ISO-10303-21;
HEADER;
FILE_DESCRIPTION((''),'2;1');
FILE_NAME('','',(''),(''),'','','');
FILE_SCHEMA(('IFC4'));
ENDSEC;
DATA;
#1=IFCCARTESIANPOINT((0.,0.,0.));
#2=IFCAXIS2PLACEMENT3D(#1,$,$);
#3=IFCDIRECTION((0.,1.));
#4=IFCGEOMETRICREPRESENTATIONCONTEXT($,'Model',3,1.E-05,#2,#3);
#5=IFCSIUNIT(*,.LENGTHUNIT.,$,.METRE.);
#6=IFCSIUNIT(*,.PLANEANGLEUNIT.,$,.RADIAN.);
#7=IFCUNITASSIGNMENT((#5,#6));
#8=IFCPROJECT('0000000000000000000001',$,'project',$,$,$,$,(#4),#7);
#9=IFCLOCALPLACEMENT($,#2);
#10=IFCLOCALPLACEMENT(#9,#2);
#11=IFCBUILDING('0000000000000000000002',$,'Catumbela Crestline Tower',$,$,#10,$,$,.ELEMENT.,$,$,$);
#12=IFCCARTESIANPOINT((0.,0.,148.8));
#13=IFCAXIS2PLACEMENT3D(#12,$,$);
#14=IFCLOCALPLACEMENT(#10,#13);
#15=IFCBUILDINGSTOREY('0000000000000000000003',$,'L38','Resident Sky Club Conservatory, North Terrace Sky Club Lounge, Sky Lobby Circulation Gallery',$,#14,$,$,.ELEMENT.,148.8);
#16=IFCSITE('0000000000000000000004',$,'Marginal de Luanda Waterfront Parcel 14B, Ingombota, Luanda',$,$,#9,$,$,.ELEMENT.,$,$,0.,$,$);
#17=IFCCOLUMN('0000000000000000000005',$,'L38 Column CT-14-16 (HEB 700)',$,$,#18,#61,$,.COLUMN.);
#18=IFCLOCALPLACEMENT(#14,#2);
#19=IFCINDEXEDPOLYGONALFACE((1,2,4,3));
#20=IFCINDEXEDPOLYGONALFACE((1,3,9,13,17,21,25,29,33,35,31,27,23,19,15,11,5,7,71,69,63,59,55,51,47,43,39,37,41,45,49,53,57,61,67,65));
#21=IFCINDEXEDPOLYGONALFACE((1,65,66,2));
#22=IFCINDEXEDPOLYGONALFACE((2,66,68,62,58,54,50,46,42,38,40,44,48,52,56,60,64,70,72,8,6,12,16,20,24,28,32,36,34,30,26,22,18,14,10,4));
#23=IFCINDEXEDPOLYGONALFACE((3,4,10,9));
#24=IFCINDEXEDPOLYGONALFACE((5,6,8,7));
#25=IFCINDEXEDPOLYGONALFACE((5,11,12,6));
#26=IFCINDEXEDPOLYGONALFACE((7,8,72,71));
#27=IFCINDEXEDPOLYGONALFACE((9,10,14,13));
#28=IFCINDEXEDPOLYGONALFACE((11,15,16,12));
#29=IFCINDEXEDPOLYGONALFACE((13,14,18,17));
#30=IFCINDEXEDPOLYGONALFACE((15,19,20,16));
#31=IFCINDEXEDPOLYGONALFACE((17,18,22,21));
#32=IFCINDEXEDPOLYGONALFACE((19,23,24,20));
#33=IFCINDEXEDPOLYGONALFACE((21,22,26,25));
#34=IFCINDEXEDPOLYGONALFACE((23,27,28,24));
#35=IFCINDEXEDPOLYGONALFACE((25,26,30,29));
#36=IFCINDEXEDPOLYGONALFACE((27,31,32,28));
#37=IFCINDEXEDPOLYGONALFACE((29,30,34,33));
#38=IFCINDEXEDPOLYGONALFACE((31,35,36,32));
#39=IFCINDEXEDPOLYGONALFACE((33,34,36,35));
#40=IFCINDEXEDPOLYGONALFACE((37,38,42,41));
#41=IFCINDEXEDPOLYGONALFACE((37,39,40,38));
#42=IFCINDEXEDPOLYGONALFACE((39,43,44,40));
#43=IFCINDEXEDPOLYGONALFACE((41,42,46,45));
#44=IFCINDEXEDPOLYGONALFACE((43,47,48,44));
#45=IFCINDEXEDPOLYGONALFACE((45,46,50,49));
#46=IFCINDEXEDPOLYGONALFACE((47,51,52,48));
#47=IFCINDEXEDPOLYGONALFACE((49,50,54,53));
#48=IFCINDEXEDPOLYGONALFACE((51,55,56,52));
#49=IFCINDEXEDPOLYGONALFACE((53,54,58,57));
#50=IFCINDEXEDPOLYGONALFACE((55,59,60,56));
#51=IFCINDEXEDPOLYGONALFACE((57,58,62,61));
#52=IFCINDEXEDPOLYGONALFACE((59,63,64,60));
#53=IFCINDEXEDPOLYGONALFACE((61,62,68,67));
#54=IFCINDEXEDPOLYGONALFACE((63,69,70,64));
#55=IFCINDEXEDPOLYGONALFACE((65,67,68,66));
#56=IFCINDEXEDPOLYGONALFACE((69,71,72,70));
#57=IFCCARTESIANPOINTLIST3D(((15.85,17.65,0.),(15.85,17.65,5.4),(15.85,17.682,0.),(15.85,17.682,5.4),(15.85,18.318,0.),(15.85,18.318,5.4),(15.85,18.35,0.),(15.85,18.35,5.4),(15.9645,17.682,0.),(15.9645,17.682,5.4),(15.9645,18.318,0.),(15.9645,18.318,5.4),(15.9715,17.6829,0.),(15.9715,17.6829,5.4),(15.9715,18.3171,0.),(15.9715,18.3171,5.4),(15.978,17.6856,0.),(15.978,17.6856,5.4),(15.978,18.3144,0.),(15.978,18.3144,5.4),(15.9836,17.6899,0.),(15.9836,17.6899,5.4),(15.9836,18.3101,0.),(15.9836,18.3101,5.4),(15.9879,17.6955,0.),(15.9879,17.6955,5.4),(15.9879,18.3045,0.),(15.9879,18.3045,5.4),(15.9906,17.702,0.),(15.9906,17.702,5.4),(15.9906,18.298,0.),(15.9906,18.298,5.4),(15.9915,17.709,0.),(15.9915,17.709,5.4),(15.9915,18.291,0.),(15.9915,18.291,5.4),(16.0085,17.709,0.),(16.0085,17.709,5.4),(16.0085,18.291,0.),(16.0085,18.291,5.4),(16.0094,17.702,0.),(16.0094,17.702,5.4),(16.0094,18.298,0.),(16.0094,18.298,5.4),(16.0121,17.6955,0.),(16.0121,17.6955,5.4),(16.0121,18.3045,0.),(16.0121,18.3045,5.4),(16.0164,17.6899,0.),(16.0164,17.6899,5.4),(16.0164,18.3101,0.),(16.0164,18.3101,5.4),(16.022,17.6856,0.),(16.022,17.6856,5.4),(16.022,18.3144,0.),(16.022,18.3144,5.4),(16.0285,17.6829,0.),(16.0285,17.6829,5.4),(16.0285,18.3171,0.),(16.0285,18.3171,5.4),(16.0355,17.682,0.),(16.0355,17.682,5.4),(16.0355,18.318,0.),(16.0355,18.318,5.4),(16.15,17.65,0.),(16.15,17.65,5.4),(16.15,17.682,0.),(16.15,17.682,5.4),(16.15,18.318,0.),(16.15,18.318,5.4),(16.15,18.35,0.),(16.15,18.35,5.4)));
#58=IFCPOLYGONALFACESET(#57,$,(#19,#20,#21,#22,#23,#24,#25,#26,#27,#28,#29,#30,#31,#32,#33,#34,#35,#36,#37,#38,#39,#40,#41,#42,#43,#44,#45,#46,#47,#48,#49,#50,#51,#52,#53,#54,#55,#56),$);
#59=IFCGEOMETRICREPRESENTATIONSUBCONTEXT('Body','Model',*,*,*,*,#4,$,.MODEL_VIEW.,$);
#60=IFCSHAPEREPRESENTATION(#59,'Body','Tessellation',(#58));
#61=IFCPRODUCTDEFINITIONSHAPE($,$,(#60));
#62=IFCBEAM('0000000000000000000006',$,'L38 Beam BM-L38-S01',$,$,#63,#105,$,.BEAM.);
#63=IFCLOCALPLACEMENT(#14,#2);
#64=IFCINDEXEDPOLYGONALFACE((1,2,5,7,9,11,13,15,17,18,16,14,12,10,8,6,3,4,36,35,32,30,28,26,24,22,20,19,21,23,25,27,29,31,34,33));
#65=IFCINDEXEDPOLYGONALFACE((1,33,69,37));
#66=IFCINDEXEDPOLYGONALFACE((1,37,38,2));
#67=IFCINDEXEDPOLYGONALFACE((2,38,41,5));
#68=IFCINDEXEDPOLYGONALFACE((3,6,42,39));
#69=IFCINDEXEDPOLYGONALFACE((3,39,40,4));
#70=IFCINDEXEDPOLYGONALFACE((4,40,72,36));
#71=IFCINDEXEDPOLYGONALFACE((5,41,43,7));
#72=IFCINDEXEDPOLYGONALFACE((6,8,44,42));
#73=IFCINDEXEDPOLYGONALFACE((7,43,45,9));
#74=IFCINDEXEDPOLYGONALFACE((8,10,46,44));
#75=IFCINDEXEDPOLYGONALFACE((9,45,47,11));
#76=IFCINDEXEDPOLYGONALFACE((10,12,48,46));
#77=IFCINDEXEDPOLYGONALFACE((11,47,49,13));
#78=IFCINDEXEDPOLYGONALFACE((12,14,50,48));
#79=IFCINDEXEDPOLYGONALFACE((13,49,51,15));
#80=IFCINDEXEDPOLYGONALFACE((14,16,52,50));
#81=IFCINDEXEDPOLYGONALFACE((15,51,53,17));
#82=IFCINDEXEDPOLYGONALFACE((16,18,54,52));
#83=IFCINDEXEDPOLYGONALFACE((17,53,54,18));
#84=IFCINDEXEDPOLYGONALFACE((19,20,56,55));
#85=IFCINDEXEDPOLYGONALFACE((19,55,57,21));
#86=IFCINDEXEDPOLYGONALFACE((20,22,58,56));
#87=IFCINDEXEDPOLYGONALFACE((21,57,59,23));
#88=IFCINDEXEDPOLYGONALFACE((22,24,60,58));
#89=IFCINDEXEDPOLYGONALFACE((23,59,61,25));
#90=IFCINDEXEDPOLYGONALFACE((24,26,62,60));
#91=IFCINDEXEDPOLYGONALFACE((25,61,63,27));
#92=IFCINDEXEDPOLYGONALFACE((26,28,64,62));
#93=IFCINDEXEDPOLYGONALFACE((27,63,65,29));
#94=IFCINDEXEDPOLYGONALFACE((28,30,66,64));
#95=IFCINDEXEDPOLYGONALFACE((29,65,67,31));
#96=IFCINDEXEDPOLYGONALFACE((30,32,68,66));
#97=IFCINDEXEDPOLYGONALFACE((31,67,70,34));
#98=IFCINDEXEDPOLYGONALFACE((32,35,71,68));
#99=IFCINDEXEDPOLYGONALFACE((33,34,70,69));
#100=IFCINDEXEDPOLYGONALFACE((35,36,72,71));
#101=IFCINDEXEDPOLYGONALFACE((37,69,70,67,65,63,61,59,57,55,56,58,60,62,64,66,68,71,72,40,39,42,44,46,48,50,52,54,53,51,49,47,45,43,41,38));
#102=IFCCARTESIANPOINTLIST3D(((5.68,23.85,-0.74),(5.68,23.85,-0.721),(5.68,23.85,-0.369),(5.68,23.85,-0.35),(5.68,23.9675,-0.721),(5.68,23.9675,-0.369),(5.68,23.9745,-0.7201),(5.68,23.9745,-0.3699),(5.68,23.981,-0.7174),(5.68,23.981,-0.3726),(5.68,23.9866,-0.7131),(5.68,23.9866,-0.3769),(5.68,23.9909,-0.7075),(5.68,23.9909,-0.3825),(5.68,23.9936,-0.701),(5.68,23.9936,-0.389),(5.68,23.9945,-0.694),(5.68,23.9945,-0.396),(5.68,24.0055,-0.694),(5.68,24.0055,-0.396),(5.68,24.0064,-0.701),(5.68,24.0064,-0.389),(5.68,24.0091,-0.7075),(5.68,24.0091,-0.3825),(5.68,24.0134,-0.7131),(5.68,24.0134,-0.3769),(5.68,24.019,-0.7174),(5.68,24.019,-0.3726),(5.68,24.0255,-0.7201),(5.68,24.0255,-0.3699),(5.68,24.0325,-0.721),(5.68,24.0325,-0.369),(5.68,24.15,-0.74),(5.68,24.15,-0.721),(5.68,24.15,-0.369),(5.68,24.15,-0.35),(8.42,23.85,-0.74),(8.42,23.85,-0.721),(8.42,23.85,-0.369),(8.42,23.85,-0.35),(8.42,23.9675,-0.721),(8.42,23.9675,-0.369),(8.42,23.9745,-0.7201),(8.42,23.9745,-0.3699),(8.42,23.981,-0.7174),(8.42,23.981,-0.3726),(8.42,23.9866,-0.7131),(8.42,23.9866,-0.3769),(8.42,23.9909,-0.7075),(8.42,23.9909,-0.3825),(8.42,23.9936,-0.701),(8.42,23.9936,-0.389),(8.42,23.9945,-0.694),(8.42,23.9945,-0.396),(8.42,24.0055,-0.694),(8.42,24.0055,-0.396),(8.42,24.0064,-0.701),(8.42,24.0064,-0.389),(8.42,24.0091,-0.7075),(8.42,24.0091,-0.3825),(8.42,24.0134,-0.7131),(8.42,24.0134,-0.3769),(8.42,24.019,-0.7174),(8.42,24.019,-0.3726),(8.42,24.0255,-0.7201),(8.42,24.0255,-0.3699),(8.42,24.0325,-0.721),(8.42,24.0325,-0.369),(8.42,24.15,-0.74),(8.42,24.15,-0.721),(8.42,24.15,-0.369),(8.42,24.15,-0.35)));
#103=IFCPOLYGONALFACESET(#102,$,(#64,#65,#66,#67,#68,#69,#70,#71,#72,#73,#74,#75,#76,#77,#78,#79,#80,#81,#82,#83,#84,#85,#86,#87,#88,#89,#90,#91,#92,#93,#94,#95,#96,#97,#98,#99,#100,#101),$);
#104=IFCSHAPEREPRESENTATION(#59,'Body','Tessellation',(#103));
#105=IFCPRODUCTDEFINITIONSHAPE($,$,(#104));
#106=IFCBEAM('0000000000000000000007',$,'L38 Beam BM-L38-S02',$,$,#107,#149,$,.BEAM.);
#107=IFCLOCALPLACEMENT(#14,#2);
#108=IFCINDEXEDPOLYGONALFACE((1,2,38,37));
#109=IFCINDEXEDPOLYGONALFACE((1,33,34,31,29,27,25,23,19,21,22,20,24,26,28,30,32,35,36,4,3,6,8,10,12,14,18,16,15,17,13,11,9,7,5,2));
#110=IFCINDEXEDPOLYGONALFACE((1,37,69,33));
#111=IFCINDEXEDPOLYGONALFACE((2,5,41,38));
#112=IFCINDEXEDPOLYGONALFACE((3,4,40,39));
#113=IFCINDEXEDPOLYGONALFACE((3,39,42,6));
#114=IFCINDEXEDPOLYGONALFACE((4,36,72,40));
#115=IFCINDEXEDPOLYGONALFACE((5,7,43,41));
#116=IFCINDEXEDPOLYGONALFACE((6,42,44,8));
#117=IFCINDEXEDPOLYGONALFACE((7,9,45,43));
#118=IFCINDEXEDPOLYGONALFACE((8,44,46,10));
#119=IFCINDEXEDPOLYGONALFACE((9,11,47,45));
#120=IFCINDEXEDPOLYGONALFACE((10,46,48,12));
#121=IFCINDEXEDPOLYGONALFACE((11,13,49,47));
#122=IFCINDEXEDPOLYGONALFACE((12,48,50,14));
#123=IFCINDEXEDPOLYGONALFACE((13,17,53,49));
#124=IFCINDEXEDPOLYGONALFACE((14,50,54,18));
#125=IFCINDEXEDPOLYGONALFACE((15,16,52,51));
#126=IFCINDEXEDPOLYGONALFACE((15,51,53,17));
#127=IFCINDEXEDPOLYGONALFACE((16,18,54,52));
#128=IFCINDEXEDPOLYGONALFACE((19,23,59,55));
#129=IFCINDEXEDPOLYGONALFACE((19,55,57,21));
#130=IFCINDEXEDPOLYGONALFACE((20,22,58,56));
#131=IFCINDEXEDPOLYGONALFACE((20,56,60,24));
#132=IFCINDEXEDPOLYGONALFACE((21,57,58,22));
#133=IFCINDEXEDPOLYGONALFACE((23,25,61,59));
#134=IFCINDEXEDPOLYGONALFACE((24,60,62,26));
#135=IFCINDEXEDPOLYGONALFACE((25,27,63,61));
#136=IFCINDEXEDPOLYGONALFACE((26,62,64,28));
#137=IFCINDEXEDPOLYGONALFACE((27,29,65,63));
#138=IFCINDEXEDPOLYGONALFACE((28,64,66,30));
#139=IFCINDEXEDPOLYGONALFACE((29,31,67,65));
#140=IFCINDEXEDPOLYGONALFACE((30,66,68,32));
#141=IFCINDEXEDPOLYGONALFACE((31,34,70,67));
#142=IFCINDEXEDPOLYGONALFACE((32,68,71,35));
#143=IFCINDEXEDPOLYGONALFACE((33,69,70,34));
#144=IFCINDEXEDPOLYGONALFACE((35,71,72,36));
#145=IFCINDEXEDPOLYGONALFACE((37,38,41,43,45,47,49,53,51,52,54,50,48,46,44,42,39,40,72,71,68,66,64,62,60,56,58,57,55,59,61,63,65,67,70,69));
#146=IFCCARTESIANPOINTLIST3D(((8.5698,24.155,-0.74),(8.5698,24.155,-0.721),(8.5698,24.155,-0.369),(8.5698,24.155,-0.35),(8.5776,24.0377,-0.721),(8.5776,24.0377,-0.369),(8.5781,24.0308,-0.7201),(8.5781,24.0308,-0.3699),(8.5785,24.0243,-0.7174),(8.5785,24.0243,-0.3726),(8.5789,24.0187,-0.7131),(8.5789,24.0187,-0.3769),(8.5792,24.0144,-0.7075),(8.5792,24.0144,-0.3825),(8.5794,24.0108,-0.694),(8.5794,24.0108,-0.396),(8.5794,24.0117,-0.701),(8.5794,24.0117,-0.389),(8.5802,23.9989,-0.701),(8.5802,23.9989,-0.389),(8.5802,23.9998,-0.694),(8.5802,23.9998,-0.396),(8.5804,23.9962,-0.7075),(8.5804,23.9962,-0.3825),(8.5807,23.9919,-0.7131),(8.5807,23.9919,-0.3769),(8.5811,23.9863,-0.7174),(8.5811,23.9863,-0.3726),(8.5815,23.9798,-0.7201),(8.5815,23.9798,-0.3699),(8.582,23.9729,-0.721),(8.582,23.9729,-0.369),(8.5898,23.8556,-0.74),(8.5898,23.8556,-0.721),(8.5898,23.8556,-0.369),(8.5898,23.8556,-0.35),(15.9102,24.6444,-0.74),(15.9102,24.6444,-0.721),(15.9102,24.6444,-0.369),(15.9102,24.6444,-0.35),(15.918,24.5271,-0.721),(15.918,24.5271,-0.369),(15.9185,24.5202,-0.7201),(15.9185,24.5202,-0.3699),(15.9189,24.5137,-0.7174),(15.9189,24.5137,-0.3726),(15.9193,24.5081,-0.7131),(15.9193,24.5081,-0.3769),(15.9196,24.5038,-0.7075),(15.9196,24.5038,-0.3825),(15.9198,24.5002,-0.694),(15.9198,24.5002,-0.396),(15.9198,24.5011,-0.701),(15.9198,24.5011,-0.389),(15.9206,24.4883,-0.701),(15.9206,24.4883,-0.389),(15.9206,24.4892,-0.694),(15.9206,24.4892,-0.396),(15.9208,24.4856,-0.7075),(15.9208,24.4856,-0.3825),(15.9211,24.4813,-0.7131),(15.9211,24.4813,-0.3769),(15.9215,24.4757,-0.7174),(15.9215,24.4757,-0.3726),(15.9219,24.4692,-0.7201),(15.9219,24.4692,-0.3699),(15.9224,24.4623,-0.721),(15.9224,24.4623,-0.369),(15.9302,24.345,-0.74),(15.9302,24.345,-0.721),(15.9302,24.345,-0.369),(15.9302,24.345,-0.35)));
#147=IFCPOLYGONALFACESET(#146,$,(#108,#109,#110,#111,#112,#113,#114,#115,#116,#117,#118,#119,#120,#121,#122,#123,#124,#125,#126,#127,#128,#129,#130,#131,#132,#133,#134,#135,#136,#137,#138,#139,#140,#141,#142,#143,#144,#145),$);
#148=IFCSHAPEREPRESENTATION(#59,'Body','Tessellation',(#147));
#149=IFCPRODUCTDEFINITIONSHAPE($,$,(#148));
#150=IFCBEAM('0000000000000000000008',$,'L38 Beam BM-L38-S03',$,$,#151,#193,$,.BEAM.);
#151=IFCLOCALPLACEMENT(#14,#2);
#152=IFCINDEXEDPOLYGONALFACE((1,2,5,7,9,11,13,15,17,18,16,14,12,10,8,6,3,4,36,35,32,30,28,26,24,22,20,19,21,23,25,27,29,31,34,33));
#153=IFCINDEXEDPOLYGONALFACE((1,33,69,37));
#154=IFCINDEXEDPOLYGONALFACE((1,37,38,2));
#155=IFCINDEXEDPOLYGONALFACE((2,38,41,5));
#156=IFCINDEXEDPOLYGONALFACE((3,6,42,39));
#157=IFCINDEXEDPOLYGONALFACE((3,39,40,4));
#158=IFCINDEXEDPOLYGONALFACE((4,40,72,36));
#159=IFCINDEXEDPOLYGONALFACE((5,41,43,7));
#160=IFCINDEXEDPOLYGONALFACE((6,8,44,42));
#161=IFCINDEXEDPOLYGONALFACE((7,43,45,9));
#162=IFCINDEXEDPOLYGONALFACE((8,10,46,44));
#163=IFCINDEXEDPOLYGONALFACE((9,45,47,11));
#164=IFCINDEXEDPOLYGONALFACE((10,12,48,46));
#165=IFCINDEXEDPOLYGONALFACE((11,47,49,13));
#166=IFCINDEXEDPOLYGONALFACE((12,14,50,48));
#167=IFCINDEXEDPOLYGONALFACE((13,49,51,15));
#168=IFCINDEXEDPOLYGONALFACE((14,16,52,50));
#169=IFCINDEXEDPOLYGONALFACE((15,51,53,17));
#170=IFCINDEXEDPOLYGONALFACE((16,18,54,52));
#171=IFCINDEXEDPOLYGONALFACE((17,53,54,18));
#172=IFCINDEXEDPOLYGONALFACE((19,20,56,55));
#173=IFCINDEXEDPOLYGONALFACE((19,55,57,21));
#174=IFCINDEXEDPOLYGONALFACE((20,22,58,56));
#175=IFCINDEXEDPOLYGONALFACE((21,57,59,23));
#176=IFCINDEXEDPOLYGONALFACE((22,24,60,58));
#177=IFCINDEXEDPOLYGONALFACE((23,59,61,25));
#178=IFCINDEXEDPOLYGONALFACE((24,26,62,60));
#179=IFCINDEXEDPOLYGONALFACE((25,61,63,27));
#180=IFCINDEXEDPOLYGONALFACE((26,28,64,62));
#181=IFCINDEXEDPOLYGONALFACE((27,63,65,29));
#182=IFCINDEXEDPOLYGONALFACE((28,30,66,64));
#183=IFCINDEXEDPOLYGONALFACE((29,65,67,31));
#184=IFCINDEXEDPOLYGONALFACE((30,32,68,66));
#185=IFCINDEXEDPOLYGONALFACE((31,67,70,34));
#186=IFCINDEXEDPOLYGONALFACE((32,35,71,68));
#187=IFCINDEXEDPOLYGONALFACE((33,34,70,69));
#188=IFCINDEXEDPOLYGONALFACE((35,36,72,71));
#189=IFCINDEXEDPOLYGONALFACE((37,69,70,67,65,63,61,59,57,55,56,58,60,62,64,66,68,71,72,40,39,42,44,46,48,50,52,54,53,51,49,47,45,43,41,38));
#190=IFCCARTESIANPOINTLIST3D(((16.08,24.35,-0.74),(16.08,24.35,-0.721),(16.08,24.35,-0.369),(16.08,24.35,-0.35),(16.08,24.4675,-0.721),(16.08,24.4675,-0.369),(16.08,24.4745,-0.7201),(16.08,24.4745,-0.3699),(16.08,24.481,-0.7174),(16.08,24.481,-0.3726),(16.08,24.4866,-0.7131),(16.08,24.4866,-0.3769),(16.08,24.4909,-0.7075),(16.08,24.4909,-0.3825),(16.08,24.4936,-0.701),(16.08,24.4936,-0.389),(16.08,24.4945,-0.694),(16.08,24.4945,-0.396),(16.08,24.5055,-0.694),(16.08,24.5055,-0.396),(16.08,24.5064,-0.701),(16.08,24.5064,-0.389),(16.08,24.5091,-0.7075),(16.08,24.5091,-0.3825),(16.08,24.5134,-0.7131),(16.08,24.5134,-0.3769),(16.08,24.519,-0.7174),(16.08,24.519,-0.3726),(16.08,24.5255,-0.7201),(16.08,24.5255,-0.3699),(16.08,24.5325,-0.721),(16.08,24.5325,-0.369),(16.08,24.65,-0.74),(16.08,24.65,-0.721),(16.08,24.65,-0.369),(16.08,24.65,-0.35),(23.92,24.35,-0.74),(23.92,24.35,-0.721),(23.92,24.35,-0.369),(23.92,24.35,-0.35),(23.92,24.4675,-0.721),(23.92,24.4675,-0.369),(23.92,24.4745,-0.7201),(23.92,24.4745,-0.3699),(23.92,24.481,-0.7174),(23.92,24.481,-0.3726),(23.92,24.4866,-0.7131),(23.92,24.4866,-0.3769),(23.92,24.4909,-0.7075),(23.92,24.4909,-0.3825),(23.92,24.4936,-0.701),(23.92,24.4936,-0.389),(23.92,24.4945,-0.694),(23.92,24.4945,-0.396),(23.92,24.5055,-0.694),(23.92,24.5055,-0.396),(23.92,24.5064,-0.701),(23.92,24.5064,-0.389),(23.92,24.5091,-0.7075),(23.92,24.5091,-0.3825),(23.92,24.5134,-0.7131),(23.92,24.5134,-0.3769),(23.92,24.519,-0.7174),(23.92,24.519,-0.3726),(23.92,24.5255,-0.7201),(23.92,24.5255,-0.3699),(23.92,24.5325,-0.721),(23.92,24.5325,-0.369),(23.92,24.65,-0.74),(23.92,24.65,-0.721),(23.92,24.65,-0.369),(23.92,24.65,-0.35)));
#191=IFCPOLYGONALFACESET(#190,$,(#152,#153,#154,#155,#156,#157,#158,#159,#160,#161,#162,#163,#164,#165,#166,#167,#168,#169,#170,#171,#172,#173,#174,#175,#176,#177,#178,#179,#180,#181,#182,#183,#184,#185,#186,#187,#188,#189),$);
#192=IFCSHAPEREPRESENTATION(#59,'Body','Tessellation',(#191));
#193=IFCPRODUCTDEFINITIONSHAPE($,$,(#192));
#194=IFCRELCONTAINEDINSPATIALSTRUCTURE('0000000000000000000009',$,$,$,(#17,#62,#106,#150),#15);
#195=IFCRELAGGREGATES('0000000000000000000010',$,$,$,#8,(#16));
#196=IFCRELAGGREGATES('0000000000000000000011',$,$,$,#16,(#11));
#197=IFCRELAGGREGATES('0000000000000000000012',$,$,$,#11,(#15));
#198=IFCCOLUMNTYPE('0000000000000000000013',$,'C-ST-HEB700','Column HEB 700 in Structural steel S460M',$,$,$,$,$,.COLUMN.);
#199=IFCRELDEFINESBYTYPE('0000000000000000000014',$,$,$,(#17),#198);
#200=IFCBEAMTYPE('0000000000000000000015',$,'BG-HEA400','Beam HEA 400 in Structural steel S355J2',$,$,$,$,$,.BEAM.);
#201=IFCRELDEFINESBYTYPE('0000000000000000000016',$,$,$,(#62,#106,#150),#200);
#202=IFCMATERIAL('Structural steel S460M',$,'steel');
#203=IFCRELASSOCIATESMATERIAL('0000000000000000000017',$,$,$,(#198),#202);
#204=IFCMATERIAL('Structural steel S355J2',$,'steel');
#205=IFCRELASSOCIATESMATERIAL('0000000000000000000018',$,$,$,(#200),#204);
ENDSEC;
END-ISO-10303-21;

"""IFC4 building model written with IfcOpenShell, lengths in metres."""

from ifc_helpers import new_model, si_unit, direction, frame, origin, origin_2d, place, context, subcontext, project, spatial, i_section, extrude, material, material_profile, profile_set, type_object, element, save


model = new_model("IFC4")

# Units and contexts
model_context = context("Model", 3, precision=1e-05, world=origin(), true_north=direction((0.0, 1.0)))
body_context = subcontext(model_context, "Body", "Model", "MODEL_VIEW")
ifc_project = project(units=[si_unit("LENGTHUNIT", "METRE"), si_unit("PLANEANGLEUNIT", "RADIAN")], contexts=[model_context])

# Site, building, storey
site_placement = place(None, origin())
site = spatial("IfcSite", under=ifc_project, at=site_placement, Name="Marginal de Luanda Waterfront Parcel 14B, Ingombota, Luanda", CompositionType="ELEMENT", RefElevation=0.0)
building_placement = place(site_placement, origin())
building = spatial("IfcBuilding", under=site, at=building_placement, Name="Catumbela Crestline Tower", CompositionType="ELEMENT")
storey_placement = place(building_placement, frame((0.0, 0.0, 148.8)))
storey = spatial("IfcBuildingStorey", under=building, at=storey_placement, Name="L38", Description="Resident Sky Club Conservatory, North Terrace Sky Club Lounge, Sky Lobby Circulation Gallery", CompositionType="ELEMENT", Elevation=148.8)

# Column
ifc_material_1 = material(Name="Structural steel S460M", Category="steel")
ifc_material_profile_1 = material_profile(ifc_material_1, i_section(OverallWidth=0.3, OverallDepth=0.7, WebThickness=0.017, FlangeThickness=0.032, FilletRadius=0.027, at=origin_2d()), Name="HEB 700")
ifc_profile_set_1 = profile_set([ifc_material_profile_1], Name="Structural steel S460M")
column_type_1 = type_object("IfcColumnType", Name="C-ST-HEB700", Description="Column HEB 700 in Structural steel S460M", PredefinedType="COLUMN", material=ifc_profile_set_1)
column_1_placement = place(storey_placement, frame((16.0, 18.0, 0.0), z_axis=(0.0, 0.0, 1.0), x_axis=(1.0, 0.0, 0.0)))
element("IfcColumn", 1, at=column_1_placement, inside=storey, type_object=column_type_1, Name="L38 Column CT-14-16 (HEB 700)", PredefinedType="COLUMN", context=body_context, shape_type="SweptSolid", body=[
    extrude(i_section(OverallWidth=0.3, OverallDepth=0.7, WebThickness=0.017, FlangeThickness=0.032, FilletRadius=0.027, at=origin_2d()), origin(), (0.0, 0.0, 1.0), 5.4),
])

# Beams
ifc_material_2 = material(Name="Structural steel S355J2", Category="steel")
ifc_material_profile_2 = material_profile(ifc_material_2, i_section(OverallWidth=0.3, OverallDepth=0.39, WebThickness=0.011, FlangeThickness=0.019, FilletRadius=0.027, at=origin_2d()), Name="HEA 400")
ifc_profile_set_2 = profile_set([ifc_material_profile_2], Name="Structural steel S355J2")
beam_type_1 = type_object("IfcBeamType", Name="BG-HEA400", Description="Beam HEA 400 in Structural steel S355J2", PredefinedType="BEAM", material=ifc_profile_set_2)
beam_1_placement = place(storey_placement, frame((5.68, 24.0, -0.545), z_axis=(1.0, 0.0, 0.0), x_axis=(0.0, 1.0, 0.0)))
element("IfcBeam", 2, at=beam_1_placement, inside=storey, type_object=beam_type_1, Name="L38 Beam BM-L38-S01", PredefinedType="BEAM", context=body_context, shape_type="SweptSolid", body=[
    extrude(i_section(OverallWidth=0.3, OverallDepth=0.39, WebThickness=0.011, FlangeThickness=0.019, FilletRadius=0.027, at=origin_2d()), origin(), (0.0, 0.0, 1.0), 2.74),
])
beam_2_placement = place(storey_placement, frame((8.5798, 24.0053, -0.545), z_axis=(0.997785, 0.066524, 0.0), x_axis=(-0.066524, 0.997785, 0.0)))
element("IfcBeam", 3, at=beam_2_placement, inside=storey, type_object=beam_type_1, Name="L38 Beam BM-L38-S02", PredefinedType="BEAM", context=body_context, shape_type="SweptSolid", body=[
    extrude(i_section(OverallWidth=0.3, OverallDepth=0.39, WebThickness=0.011, FlangeThickness=0.019, FilletRadius=0.027, at=origin_2d()), origin(), (0.0, 0.0, 1.0), 7.3567),
])
beam_3_placement = place(storey_placement, frame((16.08, 24.5, -0.545), z_axis=(1.0, 0.0, 0.0), x_axis=(0.0, 1.0, 0.0)))
element("IfcBeam", 4, at=beam_3_placement, inside=storey, type_object=beam_type_1, Name="L38 Beam BM-L38-S03", PredefinedType="BEAM", context=body_context, shape_type="SweptSolid", body=[
    extrude(i_section(OverallWidth=0.3, OverallDepth=0.39, WebThickness=0.011, FlangeThickness=0.019, FilletRadius=0.027, at=origin_2d()), origin(), (0.0, 0.0, 1.0), 7.84),
])

save(model, "model.ifc")
